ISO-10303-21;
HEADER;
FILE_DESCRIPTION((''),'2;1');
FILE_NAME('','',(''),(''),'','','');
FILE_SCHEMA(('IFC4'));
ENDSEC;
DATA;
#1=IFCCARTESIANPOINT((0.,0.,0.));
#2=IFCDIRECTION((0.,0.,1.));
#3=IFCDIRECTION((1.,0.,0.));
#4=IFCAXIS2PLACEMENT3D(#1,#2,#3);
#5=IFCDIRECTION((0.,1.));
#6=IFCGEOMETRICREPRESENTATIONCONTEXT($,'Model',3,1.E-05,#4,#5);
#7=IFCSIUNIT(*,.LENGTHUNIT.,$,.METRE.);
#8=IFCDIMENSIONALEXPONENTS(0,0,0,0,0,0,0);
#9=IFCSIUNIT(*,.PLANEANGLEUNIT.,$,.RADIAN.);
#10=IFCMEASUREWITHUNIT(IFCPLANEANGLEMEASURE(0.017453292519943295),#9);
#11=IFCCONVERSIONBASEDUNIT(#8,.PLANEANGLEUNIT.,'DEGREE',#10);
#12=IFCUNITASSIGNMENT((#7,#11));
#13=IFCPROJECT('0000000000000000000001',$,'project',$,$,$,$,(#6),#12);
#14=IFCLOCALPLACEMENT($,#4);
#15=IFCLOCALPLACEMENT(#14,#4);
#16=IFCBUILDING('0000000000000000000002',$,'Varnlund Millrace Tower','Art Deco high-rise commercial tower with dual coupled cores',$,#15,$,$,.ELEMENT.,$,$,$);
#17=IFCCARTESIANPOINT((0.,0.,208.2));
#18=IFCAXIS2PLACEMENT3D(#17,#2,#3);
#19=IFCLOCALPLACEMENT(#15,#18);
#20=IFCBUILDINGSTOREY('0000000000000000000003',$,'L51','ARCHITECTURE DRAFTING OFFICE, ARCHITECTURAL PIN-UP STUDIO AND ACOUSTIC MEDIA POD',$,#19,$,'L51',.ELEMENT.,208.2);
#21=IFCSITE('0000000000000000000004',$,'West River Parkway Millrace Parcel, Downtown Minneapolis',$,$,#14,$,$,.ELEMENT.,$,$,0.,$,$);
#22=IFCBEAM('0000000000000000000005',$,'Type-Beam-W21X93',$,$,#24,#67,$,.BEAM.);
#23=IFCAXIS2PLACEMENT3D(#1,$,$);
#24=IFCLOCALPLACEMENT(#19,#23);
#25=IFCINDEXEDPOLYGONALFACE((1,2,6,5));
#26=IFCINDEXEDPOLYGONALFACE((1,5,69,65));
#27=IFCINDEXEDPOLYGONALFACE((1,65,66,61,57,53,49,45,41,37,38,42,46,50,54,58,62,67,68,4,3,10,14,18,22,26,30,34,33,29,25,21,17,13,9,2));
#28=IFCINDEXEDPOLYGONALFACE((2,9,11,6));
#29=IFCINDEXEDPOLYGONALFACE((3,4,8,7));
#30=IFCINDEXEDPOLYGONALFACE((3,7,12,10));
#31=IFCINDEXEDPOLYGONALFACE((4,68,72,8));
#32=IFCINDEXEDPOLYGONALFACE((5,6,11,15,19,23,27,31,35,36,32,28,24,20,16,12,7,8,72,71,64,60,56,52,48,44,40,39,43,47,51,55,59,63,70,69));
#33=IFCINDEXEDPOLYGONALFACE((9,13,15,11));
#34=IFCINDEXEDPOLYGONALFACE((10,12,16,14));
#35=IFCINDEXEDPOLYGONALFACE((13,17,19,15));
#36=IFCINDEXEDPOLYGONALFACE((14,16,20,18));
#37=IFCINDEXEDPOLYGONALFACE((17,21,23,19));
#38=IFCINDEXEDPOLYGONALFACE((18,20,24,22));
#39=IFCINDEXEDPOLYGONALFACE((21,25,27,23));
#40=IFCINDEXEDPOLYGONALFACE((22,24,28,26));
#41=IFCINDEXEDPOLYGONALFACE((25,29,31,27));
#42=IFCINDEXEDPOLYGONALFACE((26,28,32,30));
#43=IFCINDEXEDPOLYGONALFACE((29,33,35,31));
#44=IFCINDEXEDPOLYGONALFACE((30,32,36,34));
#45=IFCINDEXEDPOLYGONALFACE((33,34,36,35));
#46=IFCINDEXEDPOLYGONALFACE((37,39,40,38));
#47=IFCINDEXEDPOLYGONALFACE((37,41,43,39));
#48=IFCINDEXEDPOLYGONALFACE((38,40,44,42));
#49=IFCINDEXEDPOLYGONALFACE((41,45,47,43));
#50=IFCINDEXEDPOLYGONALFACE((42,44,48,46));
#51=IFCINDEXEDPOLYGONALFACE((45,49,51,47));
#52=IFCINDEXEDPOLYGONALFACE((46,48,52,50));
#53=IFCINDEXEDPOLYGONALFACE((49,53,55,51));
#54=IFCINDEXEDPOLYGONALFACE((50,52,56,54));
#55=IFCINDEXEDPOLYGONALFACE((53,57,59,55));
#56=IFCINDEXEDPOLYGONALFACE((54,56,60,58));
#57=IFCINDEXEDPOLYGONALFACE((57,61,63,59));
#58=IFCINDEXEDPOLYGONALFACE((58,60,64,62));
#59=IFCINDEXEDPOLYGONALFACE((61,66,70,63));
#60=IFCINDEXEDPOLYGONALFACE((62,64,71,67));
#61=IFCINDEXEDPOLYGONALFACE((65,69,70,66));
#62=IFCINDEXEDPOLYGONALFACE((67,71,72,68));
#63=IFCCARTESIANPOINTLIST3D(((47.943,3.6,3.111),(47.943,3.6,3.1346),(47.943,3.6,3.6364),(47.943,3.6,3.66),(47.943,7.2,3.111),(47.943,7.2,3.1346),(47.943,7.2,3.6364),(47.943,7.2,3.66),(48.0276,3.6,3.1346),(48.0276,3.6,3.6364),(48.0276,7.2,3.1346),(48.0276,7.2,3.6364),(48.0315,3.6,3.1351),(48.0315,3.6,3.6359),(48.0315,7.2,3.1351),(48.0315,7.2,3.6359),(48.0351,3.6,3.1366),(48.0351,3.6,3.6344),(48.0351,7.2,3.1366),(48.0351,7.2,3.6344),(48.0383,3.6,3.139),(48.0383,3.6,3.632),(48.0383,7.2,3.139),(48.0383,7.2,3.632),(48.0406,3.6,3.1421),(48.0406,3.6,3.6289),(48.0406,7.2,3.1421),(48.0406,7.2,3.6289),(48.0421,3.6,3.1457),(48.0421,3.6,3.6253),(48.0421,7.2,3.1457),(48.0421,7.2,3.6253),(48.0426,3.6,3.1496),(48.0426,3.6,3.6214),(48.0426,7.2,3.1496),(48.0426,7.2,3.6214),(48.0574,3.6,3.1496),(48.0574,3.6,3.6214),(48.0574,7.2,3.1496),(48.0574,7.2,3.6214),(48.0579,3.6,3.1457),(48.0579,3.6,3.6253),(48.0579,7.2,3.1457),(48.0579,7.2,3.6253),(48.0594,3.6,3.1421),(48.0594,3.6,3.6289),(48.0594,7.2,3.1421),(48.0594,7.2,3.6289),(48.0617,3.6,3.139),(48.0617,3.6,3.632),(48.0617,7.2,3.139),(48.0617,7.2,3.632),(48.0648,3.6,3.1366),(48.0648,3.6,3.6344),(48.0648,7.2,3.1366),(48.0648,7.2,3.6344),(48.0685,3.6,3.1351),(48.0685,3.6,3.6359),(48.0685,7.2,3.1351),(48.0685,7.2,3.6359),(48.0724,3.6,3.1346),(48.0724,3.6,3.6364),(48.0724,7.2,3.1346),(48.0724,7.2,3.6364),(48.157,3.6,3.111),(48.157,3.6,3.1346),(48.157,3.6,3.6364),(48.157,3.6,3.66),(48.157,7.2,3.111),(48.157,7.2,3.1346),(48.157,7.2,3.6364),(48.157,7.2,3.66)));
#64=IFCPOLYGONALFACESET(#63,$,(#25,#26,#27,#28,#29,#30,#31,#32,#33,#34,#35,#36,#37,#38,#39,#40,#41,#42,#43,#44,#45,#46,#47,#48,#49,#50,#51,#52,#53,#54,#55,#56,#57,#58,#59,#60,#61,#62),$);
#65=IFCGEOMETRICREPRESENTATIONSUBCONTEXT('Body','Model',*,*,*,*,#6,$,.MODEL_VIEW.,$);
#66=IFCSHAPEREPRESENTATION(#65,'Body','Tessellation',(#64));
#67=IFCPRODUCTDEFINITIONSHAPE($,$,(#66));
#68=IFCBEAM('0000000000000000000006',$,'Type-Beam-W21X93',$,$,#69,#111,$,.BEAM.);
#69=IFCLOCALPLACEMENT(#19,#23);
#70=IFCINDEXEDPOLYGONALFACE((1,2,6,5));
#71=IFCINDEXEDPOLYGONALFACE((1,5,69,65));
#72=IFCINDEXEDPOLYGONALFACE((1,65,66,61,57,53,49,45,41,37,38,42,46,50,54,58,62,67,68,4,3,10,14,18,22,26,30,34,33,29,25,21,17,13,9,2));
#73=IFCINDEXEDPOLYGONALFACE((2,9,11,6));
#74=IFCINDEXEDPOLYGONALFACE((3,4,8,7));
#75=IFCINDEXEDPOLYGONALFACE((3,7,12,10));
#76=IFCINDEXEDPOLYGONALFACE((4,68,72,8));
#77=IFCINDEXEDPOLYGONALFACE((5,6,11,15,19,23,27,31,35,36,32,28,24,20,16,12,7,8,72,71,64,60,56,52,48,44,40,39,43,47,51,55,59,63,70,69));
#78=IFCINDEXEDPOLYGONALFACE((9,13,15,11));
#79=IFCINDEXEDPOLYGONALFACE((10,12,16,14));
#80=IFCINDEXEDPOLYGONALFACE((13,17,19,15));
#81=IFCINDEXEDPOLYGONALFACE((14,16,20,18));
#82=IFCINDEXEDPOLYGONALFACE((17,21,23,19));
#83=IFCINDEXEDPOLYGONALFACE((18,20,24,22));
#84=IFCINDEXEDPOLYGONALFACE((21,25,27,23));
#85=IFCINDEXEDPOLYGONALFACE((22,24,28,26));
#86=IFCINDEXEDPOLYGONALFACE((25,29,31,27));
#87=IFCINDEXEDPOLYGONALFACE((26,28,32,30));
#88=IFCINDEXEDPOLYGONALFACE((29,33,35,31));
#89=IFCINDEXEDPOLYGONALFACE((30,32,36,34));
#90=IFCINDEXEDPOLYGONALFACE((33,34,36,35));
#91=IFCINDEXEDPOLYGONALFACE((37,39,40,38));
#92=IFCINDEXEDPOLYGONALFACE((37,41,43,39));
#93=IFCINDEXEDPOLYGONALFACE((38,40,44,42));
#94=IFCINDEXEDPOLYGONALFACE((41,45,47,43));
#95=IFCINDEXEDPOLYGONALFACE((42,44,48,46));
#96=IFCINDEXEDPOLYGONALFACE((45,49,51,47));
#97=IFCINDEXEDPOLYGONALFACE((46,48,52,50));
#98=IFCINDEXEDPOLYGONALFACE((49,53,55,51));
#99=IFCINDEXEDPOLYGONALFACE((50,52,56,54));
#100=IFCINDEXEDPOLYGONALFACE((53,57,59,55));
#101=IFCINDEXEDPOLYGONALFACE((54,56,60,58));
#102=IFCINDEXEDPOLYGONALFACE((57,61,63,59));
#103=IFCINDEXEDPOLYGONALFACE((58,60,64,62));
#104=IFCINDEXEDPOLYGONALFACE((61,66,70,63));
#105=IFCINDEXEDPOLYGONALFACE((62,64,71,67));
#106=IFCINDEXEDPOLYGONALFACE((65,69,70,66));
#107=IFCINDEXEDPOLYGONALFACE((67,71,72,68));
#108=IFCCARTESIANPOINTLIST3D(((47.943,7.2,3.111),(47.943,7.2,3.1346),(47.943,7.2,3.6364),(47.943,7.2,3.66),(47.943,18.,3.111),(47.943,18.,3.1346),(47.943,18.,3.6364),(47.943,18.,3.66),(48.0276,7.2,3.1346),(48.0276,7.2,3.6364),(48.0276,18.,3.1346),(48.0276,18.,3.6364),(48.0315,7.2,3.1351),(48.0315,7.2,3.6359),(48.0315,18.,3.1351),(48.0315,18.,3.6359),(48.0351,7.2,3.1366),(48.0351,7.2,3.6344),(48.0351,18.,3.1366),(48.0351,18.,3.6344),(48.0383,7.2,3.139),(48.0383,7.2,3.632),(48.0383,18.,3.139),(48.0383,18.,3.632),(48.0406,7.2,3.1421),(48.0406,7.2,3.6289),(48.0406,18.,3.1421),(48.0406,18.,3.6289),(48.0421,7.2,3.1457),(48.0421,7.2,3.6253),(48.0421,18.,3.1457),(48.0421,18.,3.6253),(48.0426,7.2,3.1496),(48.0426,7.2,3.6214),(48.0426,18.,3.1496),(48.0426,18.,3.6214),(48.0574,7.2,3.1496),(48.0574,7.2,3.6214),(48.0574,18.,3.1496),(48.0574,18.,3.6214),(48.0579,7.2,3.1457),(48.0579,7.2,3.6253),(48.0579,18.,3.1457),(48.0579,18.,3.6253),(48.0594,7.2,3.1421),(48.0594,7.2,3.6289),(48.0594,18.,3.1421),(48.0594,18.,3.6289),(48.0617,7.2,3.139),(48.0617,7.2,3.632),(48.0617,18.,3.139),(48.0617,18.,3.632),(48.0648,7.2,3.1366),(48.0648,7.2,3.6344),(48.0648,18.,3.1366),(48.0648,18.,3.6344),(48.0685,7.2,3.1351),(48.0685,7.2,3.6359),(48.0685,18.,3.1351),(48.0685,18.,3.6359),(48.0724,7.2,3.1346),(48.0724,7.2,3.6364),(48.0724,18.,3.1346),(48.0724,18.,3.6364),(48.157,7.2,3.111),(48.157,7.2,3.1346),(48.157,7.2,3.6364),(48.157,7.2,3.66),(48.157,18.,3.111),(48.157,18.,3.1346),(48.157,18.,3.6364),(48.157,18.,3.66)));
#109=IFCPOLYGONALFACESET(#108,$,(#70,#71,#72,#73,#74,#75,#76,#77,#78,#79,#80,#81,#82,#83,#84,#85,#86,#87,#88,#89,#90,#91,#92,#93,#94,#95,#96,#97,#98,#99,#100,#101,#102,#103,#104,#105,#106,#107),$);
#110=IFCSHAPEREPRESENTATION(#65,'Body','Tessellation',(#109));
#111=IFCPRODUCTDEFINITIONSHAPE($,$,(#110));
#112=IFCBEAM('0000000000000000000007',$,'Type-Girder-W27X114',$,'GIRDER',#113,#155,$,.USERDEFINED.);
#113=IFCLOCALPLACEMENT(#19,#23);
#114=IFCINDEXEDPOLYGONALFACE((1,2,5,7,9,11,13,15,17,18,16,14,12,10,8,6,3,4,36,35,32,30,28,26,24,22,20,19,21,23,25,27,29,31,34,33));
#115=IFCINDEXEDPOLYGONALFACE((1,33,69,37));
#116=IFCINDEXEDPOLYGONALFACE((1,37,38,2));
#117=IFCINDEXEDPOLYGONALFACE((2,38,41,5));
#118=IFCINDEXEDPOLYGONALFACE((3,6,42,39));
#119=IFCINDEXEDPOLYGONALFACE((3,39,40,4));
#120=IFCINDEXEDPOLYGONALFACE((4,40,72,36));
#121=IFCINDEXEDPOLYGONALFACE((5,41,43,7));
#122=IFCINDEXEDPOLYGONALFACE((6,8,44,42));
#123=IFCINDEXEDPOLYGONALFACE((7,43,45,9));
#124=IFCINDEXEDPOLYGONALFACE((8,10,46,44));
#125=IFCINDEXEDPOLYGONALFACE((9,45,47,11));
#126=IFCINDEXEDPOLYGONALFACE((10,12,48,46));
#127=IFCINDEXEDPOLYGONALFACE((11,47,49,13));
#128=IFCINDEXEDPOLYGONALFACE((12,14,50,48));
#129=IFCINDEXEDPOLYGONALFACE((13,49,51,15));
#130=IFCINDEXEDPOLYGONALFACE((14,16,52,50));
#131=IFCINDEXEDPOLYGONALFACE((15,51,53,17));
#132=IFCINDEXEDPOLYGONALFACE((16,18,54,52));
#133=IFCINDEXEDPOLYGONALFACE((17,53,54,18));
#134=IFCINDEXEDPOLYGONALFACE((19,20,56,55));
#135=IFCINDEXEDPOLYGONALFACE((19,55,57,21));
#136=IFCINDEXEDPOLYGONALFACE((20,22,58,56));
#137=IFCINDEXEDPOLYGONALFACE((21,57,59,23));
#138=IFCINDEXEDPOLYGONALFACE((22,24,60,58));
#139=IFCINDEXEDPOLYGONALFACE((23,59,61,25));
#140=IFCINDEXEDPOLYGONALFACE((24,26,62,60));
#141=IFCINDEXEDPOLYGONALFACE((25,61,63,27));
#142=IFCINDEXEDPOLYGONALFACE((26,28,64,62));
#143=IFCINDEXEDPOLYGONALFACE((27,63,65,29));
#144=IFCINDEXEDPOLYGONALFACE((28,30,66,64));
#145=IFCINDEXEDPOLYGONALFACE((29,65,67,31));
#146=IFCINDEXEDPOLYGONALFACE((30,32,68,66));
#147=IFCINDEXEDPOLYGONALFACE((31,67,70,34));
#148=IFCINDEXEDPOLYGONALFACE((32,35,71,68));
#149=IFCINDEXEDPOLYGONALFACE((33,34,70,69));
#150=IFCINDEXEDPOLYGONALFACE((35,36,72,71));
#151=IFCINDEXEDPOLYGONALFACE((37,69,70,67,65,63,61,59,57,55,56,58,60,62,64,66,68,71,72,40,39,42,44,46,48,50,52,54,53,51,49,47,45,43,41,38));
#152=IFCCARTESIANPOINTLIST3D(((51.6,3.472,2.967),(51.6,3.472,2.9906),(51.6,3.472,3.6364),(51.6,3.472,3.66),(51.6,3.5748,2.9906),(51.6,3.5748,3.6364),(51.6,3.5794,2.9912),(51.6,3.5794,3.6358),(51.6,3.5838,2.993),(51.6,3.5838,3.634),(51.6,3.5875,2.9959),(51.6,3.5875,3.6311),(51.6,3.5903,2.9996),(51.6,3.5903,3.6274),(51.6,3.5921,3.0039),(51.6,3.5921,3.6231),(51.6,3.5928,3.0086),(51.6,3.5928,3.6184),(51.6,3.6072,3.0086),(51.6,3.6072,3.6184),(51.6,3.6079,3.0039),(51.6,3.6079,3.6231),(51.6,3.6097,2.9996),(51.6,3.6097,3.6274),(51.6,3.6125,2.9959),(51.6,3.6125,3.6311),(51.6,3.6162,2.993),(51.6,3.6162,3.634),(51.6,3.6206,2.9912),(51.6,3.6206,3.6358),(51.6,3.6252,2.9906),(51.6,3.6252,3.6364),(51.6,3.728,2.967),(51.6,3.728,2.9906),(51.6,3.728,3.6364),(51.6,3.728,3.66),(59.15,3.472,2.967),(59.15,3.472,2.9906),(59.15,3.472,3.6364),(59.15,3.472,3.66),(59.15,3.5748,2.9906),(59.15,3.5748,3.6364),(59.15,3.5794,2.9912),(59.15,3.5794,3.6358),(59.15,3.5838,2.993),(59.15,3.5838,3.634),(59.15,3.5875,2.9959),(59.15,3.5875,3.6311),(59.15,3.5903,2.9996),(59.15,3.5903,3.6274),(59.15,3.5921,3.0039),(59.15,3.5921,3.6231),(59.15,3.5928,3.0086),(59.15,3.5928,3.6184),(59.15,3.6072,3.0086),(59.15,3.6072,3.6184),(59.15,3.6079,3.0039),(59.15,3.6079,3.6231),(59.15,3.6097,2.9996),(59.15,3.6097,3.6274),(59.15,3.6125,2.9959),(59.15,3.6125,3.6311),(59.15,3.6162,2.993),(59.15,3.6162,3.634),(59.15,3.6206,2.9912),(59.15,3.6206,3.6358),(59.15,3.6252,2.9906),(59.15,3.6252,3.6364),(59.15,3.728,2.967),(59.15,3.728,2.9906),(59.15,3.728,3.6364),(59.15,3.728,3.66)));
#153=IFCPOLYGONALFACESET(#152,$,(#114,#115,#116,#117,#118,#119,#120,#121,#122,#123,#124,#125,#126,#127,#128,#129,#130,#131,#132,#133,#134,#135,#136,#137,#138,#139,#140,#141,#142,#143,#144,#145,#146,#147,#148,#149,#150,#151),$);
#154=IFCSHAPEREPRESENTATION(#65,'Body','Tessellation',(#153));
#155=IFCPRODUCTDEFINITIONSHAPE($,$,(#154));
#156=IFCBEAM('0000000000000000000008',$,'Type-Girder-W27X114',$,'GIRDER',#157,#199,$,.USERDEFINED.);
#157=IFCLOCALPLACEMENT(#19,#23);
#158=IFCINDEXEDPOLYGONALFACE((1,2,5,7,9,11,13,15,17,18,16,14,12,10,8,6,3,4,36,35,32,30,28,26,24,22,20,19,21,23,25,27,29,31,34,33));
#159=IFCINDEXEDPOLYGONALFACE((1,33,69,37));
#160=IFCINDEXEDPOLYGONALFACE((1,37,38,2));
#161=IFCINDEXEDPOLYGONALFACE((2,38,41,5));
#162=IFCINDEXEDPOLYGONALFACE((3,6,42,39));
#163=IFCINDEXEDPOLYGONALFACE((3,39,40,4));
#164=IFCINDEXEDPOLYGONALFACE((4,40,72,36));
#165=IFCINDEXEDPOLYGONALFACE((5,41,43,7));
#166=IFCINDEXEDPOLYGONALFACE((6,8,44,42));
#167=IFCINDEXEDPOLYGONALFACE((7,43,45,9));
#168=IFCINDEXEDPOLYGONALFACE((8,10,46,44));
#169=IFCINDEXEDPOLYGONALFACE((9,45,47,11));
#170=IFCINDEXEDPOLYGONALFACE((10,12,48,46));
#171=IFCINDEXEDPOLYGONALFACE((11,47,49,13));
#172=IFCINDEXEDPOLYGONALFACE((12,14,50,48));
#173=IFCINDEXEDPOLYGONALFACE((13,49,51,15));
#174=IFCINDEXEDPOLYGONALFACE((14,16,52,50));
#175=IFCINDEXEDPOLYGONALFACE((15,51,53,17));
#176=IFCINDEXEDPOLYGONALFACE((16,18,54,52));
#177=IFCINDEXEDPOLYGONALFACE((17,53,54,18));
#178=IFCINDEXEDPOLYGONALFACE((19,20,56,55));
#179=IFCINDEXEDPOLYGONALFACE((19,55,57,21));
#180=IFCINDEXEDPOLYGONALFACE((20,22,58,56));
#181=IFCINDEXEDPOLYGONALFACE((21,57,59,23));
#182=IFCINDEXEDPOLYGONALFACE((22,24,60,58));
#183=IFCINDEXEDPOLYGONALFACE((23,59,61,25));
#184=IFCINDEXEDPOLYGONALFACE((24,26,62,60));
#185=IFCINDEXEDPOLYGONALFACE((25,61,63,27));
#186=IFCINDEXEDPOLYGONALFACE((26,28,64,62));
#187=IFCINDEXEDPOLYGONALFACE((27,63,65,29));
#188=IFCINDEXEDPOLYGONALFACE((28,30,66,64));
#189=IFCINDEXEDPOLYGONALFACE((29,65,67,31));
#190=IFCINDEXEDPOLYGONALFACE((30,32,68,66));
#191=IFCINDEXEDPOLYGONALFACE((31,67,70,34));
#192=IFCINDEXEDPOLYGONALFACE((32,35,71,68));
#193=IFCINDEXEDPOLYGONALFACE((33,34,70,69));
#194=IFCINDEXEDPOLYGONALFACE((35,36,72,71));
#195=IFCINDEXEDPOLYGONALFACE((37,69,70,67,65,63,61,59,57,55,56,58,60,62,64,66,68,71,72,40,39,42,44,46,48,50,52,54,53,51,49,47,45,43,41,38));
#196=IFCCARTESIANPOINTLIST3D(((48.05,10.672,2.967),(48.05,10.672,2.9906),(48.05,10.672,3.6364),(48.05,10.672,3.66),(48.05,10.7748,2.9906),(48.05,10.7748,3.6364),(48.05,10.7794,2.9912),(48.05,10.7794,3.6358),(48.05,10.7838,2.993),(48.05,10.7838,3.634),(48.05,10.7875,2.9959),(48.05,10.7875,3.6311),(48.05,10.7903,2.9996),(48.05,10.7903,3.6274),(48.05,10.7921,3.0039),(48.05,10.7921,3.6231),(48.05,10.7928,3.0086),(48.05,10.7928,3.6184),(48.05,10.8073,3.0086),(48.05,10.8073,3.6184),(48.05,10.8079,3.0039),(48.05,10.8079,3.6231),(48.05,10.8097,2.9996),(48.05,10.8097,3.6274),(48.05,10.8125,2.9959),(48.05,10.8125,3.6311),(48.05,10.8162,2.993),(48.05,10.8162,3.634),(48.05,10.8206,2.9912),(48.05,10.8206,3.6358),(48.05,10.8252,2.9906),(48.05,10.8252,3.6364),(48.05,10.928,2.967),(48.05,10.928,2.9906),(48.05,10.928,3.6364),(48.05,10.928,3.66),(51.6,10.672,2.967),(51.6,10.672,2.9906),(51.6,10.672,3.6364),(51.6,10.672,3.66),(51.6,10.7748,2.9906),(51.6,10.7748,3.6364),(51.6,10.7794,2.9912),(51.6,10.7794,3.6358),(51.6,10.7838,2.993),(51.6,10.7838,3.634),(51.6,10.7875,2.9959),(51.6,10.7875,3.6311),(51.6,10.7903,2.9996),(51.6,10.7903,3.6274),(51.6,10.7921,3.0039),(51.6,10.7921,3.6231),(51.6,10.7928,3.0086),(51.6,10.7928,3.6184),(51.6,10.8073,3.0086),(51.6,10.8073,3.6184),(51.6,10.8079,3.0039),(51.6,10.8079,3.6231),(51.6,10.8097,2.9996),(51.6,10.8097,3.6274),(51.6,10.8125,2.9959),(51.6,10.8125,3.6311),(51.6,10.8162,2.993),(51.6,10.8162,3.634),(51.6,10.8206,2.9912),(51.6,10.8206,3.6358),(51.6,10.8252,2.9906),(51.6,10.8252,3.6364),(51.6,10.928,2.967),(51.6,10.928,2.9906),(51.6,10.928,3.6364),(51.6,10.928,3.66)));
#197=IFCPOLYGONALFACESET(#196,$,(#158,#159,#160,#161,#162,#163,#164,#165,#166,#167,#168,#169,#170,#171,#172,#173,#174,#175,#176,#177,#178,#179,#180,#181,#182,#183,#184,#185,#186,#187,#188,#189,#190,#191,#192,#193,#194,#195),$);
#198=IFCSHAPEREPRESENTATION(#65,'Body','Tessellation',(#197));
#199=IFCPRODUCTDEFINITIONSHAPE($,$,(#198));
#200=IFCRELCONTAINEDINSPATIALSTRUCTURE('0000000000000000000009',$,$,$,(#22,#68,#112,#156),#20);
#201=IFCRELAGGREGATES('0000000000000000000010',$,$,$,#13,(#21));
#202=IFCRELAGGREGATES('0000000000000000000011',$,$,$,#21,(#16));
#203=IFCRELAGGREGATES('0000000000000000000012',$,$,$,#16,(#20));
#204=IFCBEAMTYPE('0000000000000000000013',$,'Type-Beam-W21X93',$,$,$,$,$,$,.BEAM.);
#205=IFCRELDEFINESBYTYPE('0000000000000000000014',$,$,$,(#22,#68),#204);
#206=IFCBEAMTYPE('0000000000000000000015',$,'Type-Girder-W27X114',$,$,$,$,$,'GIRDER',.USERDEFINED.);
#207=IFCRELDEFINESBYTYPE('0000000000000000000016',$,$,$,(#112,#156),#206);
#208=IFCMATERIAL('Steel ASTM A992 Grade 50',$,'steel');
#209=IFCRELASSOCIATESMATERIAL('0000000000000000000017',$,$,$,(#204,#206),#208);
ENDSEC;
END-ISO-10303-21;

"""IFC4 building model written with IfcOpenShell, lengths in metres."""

from ifc_helpers import new_model, entity, si_unit, converted_unit, direction, frame, origin_with_axes, origin_2d_with_axis, place, context, subcontext, project, spatial, i_section, extrude, material, material_profile, profile_set, type_object, element, save


model = new_model("IFC4")

# Units and contexts
model_context = context("Model", 3, precision=1e-05, world=origin_with_axes(), true_north=direction((0.0, 1.0)))
body_context = subcontext(model_context, "Body", "Model", "MODEL_VIEW")
ifc_project = project(units=[si_unit("LENGTHUNIT", "METRE"), converted_unit("PLANEANGLEUNIT", "DEGREE", entity("IfcPlaneAngleMeasure", 0.017453292519943295), si_unit("PLANEANGLEUNIT", "RADIAN"), dimensions=[0, 0, 0, 0, 0, 0, 0])], contexts=[model_context])

# Site, building, storey
site_placement = place(None, origin_with_axes())
site = spatial("IfcSite", under=ifc_project, at=site_placement, Name="West River Parkway Millrace Parcel, Downtown Minneapolis", CompositionType="ELEMENT", RefElevation=0.0)
building_placement = place(site_placement, origin_with_axes())
building = spatial("IfcBuilding", under=site, at=building_placement, Name="Varnlund Millrace Tower", Description="Art Deco high-rise commercial tower with dual coupled cores", CompositionType="ELEMENT")
storey_placement = place(building_placement, frame((0.0, 0.0, 208.2), z_axis=(0.0, 0.0, 1.0), x_axis=(1.0, 0.0, 0.0)))
storey = spatial("IfcBuildingStorey", under=building, at=storey_placement, Name="L51", Description="ARCHITECTURE DRAFTING OFFICE, ARCHITECTURAL PIN-UP STUDIO AND ACOUSTIC MEDIA POD", LongName="L51", CompositionType="ELEMENT", Elevation=208.2)

# Beams
ifc_material_1 = material(Name="Steel ASTM A992 Grade 50", Category="steel")
ifc_material_profile_1 = material_profile(ifc_material_1, i_section(OverallWidth=0.214, OverallDepth=0.549, WebThickness=0.0147, FlangeThickness=0.0236, FilletRadius=0.015, at=origin_2d_with_axis()), Name="Steel ASTM A992 Grade 50")
ifc_profile_set_1 = profile_set([ifc_material_profile_1], Name="Steel ASTM A992 Grade 50")
beam_type_1 = type_object("IfcBeamType", Name="Type-Beam-W21X93", PredefinedType="BEAM", material=ifc_profile_set_1)
beam_1_placement = place(storey_placement, frame((48.05, 3.6, 3.3855), z_axis=(0.0, 1.0, 0.0), x_axis=(-1.0, 0.0, 0.0)))
element("IfcBeam", 1, at=beam_1_placement, inside=storey, type_object=beam_type_1, Name="Type-Beam-W21X93", PredefinedType="BEAM", context=body_context, shape_type="SweptSolid", body=[
    extrude(i_section(OverallWidth=0.214, OverallDepth=0.549, WebThickness=0.0147, FlangeThickness=0.0236, FilletRadius=0.015, at=origin_2d_with_axis()), origin_with_axes(), (0.0, 0.0, 1.0), 3.6),
])
beam_2_placement = place(storey_placement, frame((48.05, 7.2, 3.3855), z_axis=(0.0, 1.0, 0.0), x_axis=(-1.0, 0.0, 0.0)))
element("IfcBeam", 2, at=beam_2_placement, inside=storey, type_object=beam_type_1, Name="Type-Beam-W21X93", PredefinedType="BEAM", context=body_context, shape_type="SweptSolid", body=[
    extrude(i_section(OverallWidth=0.214, OverallDepth=0.549, WebThickness=0.0147, FlangeThickness=0.0236, FilletRadius=0.015, at=origin_2d_with_axis()), origin_with_axes(), (0.0, 0.0, 1.0), 10.8),
])
ifc_material_profile_2 = material_profile(ifc_material_1, i_section(OverallWidth=0.256, OverallDepth=0.693, WebThickness=0.0145, FlangeThickness=0.0236, FilletRadius=0.018, at=origin_2d_with_axis()), Name="Steel ASTM A992 Grade 50")
ifc_profile_set_2 = profile_set([ifc_material_profile_2], Name="Steel ASTM A992 Grade 50")
beam_type_2 = type_object("IfcBeamType", Name="Type-Girder-W27X114", ElementType="GIRDER", PredefinedType="USERDEFINED", material=ifc_profile_set_2)
beam_3_placement = place(storey_placement, frame((51.6, 3.6, 3.3135), z_axis=(1.0, 0.0, 0.0), x_axis=(0.0, 1.0, 0.0)))
element("IfcBeam", 3, at=beam_3_placement, inside=storey, type_object=beam_type_2, Name="Type-Girder-W27X114", ObjectType="GIRDER", PredefinedType="USERDEFINED", context=body_context, shape_type="SweptSolid", body=[
    extrude(i_section(OverallWidth=0.256, OverallDepth=0.693, WebThickness=0.0145, FlangeThickness=0.0236, FilletRadius=0.018, at=origin_2d_with_axis()), origin_with_axes(), (0.0, 0.0, 1.0), 7.55),
])
beam_4_placement = place(storey_placement, frame((48.05, 10.8, 3.3135), z_axis=(1.0, 0.0, 0.0), x_axis=(0.0, 1.0, 0.0)))
element("IfcBeam", 4, at=beam_4_placement, inside=storey, type_object=beam_type_2, Name="Type-Girder-W27X114", ObjectType="GIRDER", PredefinedType="USERDEFINED", context=body_context, shape_type="SweptSolid", body=[
    extrude(i_section(OverallWidth=0.256, OverallDepth=0.693, WebThickness=0.0145, FlangeThickness=0.0236, FilletRadius=0.018, at=origin_2d_with_axis()), origin_with_axes(), (0.0, 0.0, 1.0), 3.55),
])

save(model, "model.ifc")
